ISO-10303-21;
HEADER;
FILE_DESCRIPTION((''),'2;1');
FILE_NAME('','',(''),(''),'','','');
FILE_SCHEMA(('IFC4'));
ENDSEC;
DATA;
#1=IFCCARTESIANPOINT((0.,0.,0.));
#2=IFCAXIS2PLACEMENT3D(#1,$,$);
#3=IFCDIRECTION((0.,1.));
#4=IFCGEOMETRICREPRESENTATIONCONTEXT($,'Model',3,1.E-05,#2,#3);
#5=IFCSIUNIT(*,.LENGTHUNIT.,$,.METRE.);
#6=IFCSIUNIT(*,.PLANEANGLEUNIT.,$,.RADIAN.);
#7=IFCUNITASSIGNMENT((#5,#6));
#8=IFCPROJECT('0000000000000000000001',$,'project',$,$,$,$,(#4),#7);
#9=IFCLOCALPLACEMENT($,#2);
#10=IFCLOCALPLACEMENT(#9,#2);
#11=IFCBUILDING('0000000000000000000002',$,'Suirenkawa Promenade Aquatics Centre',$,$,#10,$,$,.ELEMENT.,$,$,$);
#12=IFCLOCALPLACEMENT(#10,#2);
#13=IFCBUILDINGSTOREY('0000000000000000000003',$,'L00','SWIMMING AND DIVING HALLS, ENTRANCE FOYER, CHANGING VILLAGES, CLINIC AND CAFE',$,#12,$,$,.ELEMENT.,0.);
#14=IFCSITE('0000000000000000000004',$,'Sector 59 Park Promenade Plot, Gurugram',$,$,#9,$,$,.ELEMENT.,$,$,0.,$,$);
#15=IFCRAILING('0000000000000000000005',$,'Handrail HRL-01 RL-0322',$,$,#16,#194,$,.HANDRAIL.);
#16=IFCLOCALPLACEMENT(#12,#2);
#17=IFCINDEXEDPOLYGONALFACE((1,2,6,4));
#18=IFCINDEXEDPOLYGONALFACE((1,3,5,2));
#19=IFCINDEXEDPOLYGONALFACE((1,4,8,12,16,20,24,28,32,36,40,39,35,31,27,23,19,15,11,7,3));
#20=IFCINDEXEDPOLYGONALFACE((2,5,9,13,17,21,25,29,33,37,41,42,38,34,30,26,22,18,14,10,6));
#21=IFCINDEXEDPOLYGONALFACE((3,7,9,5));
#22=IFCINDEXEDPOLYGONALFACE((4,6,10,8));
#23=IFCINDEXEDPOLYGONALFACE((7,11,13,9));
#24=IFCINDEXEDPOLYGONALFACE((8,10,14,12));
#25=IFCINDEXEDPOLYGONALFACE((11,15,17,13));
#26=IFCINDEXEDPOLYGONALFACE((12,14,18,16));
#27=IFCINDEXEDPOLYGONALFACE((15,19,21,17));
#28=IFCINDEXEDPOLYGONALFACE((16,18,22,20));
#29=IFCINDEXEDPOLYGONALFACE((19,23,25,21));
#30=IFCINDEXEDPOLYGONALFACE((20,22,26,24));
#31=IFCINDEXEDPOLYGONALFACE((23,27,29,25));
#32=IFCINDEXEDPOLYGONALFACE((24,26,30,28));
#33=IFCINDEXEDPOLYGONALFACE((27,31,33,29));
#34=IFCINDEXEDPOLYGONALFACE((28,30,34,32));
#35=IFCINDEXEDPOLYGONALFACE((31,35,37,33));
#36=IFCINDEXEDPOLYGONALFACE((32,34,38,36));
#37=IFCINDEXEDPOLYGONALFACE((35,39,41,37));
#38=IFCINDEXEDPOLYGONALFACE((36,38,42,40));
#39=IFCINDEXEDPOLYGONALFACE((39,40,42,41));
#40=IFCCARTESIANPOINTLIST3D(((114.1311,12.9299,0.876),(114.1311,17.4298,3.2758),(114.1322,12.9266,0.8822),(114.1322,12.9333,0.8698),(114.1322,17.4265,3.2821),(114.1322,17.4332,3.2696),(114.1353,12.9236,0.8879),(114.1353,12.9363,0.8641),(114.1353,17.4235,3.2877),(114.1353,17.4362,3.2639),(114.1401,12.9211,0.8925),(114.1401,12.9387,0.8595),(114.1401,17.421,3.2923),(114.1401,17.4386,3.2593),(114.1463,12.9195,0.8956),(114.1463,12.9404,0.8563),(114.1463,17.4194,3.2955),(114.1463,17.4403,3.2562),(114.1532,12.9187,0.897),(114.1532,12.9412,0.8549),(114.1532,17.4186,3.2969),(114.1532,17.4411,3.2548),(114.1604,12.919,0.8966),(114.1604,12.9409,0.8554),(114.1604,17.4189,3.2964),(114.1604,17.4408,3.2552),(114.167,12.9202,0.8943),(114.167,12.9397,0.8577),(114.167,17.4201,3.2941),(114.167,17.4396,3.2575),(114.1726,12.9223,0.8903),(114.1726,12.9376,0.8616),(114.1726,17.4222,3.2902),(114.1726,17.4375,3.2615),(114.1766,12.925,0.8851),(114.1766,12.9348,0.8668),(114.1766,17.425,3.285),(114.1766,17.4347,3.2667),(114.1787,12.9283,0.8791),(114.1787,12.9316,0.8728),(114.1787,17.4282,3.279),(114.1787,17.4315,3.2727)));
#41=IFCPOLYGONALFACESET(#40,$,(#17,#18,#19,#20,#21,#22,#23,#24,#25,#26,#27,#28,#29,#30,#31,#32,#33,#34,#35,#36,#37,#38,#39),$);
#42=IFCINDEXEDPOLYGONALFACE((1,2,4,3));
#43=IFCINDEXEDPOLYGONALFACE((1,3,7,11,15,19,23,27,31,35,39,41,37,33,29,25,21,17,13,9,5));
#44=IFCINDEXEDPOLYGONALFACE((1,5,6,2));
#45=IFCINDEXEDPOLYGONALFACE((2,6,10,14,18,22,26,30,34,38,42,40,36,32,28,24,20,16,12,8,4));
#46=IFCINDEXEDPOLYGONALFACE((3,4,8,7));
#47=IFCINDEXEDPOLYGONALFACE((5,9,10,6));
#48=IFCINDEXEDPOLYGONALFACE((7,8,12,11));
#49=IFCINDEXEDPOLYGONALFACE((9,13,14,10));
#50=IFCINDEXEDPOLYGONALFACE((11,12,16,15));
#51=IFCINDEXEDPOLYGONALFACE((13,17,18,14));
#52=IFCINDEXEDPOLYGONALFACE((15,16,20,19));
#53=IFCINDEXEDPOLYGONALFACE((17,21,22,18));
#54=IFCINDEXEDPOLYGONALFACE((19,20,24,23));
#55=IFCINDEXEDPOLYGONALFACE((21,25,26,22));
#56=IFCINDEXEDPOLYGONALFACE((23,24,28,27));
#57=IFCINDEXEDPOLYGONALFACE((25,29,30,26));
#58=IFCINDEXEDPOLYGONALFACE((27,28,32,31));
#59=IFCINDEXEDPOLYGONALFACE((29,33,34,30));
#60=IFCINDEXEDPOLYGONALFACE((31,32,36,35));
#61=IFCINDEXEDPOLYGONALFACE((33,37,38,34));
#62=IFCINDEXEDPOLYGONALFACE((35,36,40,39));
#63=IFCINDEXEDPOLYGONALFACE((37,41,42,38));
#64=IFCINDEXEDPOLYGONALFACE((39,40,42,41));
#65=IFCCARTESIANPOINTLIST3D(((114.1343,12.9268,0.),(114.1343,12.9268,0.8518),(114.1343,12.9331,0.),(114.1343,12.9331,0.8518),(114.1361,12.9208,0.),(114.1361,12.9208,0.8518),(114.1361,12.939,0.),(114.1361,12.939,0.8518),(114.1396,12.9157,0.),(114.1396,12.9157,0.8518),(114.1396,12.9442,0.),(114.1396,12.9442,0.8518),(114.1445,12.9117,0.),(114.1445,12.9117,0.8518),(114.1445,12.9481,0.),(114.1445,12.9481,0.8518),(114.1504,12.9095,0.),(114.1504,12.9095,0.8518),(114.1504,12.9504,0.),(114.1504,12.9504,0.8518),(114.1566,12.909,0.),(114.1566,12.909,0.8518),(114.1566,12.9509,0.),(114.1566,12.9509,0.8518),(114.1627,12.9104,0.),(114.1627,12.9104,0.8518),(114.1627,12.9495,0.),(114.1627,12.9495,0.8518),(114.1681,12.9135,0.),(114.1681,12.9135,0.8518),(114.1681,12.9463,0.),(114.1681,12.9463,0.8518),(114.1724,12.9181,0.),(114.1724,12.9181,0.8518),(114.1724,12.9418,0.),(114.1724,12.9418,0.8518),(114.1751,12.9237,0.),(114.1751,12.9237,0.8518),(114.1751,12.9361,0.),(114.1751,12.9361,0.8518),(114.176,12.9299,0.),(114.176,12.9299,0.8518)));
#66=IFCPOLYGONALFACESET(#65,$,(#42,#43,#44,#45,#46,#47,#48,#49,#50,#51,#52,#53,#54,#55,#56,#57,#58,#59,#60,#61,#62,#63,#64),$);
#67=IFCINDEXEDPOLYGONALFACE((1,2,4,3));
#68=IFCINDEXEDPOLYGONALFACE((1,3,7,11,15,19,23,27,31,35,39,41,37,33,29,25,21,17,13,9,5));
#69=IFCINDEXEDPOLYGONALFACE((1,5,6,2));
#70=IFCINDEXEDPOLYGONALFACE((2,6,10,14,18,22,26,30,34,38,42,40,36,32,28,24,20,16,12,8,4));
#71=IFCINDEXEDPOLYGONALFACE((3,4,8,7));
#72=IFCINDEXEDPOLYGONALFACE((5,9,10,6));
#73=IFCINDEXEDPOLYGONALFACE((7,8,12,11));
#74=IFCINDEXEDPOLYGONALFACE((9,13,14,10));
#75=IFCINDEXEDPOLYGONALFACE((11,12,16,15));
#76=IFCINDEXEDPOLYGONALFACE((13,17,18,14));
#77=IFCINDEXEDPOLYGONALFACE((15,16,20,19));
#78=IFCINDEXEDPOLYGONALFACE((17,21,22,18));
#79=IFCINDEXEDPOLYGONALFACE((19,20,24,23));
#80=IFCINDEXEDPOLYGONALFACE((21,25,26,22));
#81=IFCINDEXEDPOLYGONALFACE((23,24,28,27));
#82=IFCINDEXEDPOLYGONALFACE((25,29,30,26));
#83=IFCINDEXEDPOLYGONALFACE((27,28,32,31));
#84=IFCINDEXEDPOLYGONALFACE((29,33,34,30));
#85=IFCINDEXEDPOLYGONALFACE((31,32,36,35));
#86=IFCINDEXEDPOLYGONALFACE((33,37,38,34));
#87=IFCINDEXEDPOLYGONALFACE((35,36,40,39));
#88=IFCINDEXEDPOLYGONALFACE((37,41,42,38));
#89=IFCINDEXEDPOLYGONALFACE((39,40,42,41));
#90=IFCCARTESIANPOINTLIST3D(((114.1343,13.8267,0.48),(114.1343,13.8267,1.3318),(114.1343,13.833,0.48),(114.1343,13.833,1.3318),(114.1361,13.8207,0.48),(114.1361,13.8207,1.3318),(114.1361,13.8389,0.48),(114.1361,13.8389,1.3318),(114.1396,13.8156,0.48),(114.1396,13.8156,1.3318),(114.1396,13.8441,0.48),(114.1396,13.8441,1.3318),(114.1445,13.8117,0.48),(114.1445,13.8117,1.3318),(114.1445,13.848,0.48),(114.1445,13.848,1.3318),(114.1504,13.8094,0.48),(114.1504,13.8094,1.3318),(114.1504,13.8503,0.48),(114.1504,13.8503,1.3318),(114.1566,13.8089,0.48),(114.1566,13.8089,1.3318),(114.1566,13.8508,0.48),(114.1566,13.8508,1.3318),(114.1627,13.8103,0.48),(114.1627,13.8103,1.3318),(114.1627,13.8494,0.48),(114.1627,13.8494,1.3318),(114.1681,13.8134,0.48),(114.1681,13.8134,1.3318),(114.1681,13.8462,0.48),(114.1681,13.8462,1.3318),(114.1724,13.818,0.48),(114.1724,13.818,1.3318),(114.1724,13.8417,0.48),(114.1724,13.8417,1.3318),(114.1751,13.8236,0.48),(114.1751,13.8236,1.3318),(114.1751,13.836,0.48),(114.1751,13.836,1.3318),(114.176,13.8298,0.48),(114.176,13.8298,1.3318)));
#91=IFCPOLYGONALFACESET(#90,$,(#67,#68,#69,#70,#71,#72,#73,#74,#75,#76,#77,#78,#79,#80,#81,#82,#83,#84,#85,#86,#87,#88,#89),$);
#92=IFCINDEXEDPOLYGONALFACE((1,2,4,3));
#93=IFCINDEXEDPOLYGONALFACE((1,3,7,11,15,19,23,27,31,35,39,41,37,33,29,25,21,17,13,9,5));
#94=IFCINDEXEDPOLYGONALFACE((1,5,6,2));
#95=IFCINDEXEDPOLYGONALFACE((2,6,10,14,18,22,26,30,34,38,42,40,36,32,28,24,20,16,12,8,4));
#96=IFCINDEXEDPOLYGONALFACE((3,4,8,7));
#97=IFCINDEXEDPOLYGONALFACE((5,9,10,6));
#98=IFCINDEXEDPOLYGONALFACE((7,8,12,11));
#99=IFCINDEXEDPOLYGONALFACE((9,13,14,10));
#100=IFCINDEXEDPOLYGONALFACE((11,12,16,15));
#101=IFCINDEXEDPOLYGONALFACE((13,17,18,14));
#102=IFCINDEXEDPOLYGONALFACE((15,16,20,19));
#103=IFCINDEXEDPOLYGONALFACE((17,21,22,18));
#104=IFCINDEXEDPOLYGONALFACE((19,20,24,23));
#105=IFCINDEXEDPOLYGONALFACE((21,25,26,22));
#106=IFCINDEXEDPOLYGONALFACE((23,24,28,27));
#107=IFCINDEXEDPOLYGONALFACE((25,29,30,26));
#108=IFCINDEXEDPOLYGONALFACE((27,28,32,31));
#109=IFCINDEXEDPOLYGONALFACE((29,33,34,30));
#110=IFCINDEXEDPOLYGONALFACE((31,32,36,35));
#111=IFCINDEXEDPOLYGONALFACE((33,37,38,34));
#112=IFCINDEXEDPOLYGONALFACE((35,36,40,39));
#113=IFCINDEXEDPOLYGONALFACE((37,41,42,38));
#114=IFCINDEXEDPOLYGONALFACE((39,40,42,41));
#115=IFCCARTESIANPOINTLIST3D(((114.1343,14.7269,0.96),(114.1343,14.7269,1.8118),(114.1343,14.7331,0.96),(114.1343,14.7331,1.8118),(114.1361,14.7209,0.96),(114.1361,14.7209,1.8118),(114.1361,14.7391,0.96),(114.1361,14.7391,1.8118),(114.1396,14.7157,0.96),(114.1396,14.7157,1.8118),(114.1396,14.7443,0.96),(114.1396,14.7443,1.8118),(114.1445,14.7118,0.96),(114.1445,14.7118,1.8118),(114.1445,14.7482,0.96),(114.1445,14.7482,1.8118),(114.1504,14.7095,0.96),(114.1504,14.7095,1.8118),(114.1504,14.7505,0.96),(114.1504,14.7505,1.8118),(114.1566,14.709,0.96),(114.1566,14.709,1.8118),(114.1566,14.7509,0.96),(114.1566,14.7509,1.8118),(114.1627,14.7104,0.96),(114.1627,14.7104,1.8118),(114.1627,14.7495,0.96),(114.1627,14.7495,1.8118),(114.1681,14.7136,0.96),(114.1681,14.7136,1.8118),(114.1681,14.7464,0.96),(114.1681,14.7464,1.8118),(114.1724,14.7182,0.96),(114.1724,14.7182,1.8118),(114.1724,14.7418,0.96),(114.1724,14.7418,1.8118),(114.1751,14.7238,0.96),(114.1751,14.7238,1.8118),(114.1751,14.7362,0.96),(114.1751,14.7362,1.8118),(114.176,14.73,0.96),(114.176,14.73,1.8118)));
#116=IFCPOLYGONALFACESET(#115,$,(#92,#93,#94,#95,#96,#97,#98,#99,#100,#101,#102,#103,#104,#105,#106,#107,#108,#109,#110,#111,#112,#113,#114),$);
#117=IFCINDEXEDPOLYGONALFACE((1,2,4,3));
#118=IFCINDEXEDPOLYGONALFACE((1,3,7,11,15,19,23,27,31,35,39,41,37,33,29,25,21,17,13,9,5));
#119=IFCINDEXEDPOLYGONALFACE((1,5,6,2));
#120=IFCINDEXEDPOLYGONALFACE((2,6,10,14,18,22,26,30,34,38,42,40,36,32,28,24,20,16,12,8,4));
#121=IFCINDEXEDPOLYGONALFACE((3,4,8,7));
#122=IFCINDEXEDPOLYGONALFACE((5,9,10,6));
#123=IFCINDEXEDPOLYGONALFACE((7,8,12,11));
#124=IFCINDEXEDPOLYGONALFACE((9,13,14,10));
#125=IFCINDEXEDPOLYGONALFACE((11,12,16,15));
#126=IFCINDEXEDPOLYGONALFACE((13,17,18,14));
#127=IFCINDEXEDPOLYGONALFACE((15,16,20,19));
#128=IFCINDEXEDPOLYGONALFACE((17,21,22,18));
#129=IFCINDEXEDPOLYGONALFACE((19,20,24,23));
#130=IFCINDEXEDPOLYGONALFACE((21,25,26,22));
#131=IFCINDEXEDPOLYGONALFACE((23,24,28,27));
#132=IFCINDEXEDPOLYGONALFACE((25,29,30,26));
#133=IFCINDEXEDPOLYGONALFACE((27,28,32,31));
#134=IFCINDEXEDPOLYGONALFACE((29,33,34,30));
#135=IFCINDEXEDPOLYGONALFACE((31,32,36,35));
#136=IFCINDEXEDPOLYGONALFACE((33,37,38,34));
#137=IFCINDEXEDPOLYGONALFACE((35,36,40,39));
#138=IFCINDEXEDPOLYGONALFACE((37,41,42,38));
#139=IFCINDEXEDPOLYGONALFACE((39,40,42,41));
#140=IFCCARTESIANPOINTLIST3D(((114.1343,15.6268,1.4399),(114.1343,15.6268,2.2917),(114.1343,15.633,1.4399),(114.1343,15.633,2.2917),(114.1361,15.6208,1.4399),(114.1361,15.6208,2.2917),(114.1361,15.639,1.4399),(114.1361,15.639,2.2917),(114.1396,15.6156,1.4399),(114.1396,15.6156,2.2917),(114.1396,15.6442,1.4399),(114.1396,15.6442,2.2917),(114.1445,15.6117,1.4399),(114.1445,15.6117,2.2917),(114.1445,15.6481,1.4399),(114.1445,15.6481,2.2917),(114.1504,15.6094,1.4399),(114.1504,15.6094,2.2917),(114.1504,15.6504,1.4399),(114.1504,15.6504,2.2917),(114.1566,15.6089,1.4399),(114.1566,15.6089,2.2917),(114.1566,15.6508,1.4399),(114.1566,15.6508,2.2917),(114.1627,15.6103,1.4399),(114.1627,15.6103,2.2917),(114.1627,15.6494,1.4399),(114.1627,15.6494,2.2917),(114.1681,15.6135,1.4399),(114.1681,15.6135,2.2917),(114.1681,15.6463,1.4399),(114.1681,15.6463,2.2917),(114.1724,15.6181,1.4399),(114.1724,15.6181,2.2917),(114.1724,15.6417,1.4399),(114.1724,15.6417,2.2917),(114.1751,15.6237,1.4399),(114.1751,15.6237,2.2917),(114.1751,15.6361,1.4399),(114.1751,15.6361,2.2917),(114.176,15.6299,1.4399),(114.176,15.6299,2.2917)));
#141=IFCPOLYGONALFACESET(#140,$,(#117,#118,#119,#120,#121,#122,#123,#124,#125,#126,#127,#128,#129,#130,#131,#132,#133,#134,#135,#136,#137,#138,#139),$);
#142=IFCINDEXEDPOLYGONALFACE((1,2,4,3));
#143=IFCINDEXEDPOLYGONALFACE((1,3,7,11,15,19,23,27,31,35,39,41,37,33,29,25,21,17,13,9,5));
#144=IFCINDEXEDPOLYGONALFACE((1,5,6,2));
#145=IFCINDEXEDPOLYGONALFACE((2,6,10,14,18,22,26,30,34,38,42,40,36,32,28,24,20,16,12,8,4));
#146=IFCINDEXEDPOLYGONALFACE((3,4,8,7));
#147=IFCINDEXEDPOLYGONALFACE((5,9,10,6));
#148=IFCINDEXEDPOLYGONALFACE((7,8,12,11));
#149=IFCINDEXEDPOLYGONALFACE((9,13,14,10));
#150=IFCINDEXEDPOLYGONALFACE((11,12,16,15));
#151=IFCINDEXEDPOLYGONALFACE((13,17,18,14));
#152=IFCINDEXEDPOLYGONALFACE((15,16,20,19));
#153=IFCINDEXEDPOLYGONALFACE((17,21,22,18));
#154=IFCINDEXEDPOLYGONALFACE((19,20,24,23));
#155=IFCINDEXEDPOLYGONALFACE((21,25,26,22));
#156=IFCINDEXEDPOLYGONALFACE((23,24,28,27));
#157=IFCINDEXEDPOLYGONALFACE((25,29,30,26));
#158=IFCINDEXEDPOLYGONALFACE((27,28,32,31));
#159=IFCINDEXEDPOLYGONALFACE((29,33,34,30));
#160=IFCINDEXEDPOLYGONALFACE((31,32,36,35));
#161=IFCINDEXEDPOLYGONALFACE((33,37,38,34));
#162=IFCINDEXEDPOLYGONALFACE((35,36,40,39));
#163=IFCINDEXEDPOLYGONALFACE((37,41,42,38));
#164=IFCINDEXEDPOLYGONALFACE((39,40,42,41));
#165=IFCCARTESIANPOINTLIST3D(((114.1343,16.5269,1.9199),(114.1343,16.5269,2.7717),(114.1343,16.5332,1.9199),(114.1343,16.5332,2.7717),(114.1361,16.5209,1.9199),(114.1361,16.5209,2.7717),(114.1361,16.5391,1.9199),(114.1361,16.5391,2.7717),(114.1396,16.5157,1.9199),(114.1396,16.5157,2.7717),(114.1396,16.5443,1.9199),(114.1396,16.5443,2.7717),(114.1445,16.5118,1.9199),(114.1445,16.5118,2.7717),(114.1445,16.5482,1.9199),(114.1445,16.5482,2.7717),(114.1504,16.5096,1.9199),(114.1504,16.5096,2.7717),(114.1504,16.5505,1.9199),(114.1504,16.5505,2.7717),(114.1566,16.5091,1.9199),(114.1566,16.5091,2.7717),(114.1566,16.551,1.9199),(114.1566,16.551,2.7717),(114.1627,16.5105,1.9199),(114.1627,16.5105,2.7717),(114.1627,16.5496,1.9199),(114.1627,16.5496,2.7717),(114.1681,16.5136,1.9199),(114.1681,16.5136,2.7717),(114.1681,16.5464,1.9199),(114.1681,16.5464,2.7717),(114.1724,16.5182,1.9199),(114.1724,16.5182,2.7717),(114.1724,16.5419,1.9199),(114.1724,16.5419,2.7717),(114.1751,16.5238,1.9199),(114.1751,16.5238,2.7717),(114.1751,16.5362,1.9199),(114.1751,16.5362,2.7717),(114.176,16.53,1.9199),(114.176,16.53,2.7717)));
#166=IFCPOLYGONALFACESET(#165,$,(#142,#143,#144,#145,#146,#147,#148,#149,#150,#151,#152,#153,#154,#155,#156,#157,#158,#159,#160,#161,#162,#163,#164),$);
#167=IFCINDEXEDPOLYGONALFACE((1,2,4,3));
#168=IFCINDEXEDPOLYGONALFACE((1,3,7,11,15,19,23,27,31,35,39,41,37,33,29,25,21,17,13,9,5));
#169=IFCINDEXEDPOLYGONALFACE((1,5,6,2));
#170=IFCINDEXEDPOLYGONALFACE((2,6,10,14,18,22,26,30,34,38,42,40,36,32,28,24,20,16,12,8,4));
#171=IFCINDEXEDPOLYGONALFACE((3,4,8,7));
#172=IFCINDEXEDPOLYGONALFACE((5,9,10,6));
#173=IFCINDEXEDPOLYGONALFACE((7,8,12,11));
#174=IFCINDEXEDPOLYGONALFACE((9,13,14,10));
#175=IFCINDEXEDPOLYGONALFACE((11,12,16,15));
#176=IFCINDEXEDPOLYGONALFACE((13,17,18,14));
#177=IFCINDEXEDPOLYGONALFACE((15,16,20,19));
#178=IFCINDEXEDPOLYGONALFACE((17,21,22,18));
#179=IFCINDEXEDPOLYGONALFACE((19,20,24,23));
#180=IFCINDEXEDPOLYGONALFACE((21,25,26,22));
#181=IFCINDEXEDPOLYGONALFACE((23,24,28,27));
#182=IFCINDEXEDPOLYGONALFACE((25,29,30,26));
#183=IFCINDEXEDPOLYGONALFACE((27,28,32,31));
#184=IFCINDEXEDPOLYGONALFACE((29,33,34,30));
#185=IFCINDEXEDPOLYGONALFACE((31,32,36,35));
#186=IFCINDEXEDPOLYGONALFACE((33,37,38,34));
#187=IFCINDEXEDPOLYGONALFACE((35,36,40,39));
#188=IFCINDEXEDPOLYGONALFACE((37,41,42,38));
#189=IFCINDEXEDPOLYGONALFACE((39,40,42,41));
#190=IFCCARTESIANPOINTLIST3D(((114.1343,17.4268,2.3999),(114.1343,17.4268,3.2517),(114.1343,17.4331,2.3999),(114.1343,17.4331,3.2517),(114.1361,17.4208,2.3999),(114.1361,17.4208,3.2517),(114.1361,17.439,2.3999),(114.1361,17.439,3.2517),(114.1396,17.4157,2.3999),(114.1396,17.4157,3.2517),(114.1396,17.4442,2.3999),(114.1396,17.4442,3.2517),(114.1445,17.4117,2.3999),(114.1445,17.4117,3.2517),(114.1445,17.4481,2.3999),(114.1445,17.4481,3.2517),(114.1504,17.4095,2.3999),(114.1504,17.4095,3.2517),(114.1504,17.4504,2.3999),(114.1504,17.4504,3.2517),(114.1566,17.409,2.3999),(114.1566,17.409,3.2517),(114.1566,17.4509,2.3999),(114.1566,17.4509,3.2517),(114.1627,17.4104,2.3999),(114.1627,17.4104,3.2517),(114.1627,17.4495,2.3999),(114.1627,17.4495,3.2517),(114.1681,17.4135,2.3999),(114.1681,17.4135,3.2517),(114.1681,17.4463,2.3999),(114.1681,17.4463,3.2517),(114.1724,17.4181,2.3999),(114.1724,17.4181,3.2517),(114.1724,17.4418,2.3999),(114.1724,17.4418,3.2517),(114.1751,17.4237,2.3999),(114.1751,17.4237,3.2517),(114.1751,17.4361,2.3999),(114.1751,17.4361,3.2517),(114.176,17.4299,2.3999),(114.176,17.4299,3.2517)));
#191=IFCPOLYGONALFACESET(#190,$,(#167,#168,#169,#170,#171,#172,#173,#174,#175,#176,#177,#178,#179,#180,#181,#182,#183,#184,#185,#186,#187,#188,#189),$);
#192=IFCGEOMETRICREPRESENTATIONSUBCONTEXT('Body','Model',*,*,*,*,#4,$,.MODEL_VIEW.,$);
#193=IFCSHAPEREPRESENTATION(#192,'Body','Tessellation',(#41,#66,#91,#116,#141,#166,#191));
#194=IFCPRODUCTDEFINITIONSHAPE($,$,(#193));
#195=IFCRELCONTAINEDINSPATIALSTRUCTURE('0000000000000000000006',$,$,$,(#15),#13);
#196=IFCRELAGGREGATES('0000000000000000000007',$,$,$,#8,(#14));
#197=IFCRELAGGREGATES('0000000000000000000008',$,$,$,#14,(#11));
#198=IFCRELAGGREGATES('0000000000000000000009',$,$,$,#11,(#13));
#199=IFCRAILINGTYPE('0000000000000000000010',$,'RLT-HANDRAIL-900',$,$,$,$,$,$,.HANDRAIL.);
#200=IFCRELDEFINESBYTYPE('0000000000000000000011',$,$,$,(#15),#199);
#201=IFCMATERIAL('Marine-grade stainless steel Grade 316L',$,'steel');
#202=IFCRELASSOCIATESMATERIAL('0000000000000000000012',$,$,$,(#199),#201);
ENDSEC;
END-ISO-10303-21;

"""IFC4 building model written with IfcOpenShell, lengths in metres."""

from ifc_helpers import new_model, si_unit, direction, frame, origin, origin_2d, place, context, subcontext, project, spatial, circle, extrude, material, type_object, element, save


model = new_model("IFC4")

# Units and contexts
model_context = context("Model", 3, precision=1e-05, world=origin(), true_north=direction((0.0, 1.0)))
body_context = subcontext(model_context, "Body", "Model", "MODEL_VIEW")
ifc_project = project(units=[si_unit("LENGTHUNIT", "METRE"), si_unit("PLANEANGLEUNIT", "RADIAN")], contexts=[model_context])

# Site, building, storey
site_placement = place(None, origin())
site = spatial("IfcSite", under=ifc_project, at=site_placement, Name="Sector 59 Park Promenade Plot, Gurugram", CompositionType="ELEMENT", RefElevation=0.0)
building_placement = place(site_placement, origin())
building = spatial("IfcBuilding", under=site, at=building_placement, Name="Suirenkawa Promenade Aquatics Centre", CompositionType="ELEMENT")
storey_placement = place(building_placement, origin())
storey = spatial("IfcBuildingStorey", under=building, at=storey_placement, Name="L00", Description="SWIMMING AND DIVING HALLS, ENTRANCE FOYER, CHANGING VILLAGES, CLINIC AND CAFE", CompositionType="ELEMENT", Elevation=0.0)

# Railing
ifc_material_1 = material(Name="Marine-grade stainless steel Grade 316L", Category="steel")
railing_type_1 = type_object("IfcRailingType", Name="RLT-HANDRAIL-900", PredefinedType="HANDRAIL", material=ifc_material_1)
for number, where, name in (
    (1, (114.155, 12.9299, 0.0), "Handrail HRL-01 RL-0322"),
):
    element("IfcRailing", number, at=place(storey_placement, frame(where)), inside=storey, type_object=railing_type_1, Name=name, PredefinedType="HANDRAIL", context=body_context, shape_type="SweptSolid", body=[
        extrude(circle(Radius=0.0239, at=origin_2d()), frame((0.0, 0.0, 0.876), z_axis=(0.0, 0.882361, 0.470573), x_axis=(-1.0, 0.0, 0.0)), (0.0, 0.0, 1.0), 5.0999),
        extrude(circle(Radius=0.021, at=origin_2d()), origin(), (0.0, 0.0, 1.0), 0.8518),
        extrude(circle(Radius=0.021, at=origin_2d()), frame((0.0, 0.8999, 0.48)), (0.0, 0.0, 1.0), 0.8518),
        extrude(circle(Radius=0.021, at=origin_2d()), frame((0.0, 1.8, 0.96)), (0.0, 0.0, 1.0), 0.8518),
        extrude(circle(Radius=0.021, at=origin_2d()), frame((0.0, 2.7, 1.4399)), (0.0, 0.0, 1.0), 0.8518),
        extrude(circle(Radius=0.021, at=origin_2d()), frame((0.0, 3.6001, 1.9199)), (0.0, 0.0, 1.0), 0.8518),
        extrude(circle(Radius=0.021, at=origin_2d()), frame((0.0, 4.5, 2.3999)), (0.0, 0.0, 1.0), 0.8518),
    ])

save(model, "model.ifc")
